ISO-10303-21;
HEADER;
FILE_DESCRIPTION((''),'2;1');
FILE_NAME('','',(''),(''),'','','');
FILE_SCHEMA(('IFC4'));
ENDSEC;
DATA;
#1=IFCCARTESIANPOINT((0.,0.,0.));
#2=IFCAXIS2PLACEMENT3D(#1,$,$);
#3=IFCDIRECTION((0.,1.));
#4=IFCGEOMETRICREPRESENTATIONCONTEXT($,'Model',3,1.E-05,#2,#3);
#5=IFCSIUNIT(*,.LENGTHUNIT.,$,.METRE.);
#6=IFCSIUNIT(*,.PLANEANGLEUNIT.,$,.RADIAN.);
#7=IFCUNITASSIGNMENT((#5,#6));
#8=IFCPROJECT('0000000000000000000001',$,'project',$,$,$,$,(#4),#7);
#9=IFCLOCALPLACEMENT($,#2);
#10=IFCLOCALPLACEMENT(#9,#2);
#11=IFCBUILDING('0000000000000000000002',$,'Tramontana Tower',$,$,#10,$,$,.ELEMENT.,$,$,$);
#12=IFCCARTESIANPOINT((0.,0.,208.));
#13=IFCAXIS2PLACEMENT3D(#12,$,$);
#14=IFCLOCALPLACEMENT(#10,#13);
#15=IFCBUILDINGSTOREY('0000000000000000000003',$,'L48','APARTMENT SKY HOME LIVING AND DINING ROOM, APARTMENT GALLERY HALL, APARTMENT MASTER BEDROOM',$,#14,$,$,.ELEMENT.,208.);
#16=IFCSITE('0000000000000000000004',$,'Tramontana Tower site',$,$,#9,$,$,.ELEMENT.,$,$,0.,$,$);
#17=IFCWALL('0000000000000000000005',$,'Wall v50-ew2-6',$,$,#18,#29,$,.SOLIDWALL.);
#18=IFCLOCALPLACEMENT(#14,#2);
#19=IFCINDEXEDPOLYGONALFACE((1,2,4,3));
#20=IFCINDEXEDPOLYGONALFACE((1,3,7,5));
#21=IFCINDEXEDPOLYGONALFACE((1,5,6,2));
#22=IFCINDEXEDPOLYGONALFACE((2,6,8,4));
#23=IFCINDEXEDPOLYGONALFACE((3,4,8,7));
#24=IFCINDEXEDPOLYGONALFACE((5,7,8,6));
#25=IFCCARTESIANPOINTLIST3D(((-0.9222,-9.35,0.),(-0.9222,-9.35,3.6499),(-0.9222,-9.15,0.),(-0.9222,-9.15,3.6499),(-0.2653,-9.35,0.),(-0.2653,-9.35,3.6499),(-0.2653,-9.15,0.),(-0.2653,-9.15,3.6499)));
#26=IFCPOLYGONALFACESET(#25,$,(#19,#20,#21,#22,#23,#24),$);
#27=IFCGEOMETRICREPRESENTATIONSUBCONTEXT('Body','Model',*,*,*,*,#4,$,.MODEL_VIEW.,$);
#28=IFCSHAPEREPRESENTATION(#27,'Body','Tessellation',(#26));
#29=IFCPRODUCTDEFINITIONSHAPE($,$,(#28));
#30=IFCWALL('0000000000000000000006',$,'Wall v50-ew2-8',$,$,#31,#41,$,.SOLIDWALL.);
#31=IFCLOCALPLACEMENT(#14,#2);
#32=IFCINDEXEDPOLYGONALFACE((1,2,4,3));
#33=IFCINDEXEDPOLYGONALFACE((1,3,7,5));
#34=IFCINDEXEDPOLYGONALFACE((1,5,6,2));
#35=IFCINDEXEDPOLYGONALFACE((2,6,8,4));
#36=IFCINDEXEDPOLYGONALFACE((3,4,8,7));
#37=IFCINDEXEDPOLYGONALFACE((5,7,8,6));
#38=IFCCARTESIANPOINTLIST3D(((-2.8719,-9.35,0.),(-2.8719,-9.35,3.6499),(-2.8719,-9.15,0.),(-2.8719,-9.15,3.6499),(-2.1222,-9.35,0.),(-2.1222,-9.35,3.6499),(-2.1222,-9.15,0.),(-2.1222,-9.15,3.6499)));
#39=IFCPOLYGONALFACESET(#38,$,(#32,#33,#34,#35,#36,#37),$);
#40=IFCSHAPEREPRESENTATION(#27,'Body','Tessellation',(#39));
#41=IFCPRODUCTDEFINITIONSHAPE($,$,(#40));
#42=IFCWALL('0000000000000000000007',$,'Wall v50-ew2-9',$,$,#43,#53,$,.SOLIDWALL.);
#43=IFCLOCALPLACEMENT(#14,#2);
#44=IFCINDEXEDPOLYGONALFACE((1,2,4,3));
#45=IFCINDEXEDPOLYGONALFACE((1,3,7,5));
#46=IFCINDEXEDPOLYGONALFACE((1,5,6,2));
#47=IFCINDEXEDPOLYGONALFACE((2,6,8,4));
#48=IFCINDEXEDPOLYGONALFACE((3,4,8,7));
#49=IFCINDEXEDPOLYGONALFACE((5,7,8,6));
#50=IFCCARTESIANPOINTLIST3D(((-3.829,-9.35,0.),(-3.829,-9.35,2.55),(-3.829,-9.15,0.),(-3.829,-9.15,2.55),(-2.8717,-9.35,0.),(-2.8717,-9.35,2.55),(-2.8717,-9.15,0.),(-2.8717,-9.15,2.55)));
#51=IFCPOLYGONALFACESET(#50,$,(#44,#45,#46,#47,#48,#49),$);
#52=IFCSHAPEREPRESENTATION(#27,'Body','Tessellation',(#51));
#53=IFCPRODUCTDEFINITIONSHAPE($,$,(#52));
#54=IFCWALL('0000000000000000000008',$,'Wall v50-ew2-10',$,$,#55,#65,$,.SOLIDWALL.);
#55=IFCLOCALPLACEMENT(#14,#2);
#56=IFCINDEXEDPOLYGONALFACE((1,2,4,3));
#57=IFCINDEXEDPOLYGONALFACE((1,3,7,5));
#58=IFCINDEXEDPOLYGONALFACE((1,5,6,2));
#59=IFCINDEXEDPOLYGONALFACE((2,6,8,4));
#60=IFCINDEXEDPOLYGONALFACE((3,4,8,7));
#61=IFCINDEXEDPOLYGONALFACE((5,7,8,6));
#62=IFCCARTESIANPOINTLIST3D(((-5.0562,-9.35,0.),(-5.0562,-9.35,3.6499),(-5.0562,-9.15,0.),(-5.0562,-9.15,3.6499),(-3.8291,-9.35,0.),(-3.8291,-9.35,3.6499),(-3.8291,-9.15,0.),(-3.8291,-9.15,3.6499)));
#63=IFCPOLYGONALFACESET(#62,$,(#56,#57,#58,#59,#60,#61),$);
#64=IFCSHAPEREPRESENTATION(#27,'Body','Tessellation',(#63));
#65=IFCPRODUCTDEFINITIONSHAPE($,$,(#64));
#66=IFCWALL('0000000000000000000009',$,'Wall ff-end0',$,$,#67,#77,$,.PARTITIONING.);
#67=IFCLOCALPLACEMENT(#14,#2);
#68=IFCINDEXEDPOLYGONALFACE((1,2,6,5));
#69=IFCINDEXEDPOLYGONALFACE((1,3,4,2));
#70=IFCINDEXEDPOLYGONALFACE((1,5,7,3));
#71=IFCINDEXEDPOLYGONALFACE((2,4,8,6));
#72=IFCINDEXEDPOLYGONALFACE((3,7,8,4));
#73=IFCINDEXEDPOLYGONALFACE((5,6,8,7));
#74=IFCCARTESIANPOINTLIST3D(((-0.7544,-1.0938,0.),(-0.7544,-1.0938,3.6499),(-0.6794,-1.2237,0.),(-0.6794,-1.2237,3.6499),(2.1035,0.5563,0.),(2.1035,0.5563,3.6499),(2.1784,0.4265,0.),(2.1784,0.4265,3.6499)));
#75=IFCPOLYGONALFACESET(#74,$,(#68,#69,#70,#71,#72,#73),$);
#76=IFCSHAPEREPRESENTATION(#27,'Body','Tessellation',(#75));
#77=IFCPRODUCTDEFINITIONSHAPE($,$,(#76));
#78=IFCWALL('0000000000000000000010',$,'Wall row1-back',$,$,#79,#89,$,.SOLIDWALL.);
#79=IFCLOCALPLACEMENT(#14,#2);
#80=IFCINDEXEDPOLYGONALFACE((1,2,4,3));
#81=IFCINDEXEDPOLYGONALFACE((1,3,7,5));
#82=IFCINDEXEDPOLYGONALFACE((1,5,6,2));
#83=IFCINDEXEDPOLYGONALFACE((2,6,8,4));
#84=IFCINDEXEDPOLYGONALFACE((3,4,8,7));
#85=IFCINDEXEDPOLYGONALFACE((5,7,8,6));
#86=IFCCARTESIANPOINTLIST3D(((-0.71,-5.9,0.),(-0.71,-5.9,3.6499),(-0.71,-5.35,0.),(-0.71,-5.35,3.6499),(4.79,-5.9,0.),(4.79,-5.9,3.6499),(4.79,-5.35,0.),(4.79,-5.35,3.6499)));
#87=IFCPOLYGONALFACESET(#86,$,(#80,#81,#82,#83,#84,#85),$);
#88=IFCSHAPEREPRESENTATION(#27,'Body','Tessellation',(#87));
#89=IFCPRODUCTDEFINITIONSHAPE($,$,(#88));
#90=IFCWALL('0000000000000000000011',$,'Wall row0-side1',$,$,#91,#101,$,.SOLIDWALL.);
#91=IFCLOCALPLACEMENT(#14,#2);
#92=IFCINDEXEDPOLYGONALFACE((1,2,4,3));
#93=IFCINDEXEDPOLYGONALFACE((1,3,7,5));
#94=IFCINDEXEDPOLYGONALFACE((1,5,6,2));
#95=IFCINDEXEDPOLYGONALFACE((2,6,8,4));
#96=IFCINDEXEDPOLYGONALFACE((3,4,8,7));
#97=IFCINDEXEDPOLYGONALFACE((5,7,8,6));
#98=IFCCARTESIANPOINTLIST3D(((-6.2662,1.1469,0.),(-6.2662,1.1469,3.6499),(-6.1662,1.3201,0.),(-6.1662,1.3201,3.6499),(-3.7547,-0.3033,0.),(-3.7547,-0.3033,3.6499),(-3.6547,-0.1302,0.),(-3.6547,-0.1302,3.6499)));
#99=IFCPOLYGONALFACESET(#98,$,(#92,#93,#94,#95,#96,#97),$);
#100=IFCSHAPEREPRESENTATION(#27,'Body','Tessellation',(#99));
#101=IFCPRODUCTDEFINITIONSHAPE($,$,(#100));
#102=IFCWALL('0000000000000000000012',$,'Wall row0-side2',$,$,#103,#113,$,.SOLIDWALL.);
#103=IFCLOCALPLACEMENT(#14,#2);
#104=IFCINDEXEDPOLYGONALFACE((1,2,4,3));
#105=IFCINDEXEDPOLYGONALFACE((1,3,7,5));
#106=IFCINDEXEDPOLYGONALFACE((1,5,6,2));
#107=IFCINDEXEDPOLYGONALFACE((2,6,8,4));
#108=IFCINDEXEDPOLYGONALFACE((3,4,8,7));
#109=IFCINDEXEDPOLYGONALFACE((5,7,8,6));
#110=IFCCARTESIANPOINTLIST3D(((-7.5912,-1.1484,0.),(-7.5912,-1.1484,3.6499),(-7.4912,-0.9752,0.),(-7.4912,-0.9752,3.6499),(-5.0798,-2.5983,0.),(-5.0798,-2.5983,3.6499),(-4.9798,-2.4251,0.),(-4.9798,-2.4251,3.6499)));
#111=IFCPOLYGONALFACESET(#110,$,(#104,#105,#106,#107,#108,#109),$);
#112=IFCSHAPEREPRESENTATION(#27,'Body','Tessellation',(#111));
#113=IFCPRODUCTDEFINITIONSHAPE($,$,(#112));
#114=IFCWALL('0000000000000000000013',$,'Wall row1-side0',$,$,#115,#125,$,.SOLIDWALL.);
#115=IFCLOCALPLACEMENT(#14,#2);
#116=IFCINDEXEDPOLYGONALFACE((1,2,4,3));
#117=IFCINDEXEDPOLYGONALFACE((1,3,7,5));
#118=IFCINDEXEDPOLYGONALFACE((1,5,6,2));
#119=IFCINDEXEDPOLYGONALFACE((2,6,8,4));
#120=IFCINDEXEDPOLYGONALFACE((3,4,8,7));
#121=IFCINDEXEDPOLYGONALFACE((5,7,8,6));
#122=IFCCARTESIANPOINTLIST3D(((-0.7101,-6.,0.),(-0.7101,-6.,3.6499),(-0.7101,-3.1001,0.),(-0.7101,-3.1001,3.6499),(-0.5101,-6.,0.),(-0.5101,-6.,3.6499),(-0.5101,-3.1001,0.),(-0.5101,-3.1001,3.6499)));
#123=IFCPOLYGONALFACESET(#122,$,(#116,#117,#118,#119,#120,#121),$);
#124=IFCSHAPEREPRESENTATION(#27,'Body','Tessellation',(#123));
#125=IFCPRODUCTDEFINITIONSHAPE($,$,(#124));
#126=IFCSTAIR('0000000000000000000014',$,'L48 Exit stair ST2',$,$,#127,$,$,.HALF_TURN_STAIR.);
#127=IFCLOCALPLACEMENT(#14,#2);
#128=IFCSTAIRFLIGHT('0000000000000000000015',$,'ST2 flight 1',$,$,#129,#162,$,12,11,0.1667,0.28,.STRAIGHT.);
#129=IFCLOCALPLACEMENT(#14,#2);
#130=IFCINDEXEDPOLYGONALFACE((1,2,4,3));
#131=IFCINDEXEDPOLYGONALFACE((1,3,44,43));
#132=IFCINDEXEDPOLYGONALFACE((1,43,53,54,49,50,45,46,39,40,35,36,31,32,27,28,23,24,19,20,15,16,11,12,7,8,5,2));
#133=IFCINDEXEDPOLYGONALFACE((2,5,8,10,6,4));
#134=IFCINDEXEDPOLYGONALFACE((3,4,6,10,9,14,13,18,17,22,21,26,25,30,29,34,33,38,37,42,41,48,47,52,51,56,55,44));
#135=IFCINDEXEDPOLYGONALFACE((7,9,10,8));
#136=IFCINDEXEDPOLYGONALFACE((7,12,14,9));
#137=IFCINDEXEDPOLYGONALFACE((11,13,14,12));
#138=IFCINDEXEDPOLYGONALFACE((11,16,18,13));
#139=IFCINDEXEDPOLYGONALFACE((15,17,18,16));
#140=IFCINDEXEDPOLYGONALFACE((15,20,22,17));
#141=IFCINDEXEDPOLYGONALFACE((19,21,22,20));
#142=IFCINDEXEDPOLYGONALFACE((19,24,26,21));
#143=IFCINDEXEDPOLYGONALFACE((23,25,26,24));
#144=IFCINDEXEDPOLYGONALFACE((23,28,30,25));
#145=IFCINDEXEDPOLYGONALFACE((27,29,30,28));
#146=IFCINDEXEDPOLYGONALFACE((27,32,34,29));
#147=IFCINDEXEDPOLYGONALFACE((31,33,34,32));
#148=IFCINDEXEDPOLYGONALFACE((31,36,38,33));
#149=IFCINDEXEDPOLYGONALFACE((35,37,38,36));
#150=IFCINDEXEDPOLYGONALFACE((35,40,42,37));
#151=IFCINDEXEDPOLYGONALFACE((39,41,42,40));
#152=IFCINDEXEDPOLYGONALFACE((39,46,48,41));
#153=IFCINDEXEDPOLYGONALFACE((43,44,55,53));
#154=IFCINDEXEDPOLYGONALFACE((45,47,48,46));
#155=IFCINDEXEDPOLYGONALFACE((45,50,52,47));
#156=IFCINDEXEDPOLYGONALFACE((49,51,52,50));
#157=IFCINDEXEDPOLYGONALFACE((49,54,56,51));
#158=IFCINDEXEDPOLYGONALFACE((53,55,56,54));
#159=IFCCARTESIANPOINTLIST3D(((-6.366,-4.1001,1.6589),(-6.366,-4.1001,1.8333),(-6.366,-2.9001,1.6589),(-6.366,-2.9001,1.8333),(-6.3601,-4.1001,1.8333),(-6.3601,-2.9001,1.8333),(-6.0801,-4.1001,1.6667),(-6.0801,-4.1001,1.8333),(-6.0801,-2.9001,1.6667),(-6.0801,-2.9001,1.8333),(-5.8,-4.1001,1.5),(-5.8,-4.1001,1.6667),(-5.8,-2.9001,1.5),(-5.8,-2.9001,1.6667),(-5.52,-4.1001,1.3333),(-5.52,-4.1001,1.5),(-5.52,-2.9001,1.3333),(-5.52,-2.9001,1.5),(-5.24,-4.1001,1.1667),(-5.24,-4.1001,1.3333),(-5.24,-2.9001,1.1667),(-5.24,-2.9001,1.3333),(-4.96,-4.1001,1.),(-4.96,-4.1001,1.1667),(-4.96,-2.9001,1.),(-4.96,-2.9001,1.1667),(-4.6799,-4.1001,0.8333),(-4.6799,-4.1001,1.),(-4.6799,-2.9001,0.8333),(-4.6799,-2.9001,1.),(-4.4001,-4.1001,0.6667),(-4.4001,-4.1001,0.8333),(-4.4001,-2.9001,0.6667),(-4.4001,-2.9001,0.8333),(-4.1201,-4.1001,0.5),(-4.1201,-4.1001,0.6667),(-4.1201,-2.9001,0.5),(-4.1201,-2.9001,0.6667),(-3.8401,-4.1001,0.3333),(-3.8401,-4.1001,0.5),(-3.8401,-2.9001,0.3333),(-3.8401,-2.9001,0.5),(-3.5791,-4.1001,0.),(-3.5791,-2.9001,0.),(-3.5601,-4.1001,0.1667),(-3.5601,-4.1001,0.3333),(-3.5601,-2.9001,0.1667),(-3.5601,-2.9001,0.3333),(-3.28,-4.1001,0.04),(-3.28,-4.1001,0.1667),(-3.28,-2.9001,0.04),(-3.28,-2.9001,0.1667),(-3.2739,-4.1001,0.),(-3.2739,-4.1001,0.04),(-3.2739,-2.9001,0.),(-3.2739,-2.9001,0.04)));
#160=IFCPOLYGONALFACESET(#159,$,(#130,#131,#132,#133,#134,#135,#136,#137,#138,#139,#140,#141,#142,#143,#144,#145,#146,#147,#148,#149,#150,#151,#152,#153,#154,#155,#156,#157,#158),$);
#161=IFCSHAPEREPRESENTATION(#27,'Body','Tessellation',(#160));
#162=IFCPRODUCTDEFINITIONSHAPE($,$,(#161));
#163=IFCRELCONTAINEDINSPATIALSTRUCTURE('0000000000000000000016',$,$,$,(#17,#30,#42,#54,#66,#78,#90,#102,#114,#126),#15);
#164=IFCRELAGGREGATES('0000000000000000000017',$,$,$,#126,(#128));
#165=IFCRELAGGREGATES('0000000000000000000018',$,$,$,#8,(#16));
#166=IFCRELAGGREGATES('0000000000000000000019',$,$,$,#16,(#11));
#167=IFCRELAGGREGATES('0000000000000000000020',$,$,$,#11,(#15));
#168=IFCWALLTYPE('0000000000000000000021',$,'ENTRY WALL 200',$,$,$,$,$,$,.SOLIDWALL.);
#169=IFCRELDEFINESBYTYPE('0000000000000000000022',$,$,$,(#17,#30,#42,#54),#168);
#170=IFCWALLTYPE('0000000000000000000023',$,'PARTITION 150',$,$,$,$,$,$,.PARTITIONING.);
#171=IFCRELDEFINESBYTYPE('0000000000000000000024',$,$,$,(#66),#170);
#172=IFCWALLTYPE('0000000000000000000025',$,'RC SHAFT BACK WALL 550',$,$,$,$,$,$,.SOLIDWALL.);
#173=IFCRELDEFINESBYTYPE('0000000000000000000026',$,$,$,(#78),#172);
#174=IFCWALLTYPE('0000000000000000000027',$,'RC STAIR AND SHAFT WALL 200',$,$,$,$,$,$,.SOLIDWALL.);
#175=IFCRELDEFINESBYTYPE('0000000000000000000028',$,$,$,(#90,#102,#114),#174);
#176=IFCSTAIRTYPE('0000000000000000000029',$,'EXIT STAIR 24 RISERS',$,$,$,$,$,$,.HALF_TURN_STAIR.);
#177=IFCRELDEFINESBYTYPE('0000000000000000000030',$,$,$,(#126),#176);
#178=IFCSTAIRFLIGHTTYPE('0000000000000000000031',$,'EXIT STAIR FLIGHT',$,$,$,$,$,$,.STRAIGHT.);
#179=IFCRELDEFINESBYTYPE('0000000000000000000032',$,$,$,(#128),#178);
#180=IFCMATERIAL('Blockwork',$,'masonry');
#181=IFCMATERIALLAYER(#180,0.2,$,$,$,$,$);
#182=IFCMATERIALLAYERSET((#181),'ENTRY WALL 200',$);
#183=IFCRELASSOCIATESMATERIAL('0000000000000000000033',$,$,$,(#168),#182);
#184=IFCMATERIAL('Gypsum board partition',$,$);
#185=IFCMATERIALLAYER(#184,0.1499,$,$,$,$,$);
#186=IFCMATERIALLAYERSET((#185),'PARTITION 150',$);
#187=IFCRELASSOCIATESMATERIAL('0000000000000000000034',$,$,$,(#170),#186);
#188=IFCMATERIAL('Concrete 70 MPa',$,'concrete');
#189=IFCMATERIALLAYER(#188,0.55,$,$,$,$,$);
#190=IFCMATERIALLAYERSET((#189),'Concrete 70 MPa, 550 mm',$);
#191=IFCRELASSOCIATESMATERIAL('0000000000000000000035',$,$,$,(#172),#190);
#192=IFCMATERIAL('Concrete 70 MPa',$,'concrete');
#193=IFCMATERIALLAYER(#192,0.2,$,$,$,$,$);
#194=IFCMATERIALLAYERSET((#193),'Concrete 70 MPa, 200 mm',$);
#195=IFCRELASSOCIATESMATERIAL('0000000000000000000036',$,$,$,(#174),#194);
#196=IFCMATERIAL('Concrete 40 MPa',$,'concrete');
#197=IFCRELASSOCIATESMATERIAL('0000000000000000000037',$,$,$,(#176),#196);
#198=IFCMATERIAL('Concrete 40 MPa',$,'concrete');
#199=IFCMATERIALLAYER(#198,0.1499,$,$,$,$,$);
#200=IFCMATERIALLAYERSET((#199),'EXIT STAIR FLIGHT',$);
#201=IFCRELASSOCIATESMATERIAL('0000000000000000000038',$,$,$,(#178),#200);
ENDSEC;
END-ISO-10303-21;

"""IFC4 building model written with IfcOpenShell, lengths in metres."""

from ifc_helpers import new_model, si_unit, direction, frame, frame_2d, origin, place, context, subcontext, project, spatial, polyline, rectangle, outline, extrude, material, layer, layer_set, type_object, element, aggregate, save


model = new_model("IFC4")

# Units and contexts
model_context = context("Model", 3, precision=1e-05, world=origin(), true_north=direction((0.0, 1.0)))
body_context = subcontext(model_context, "Body", "Model", "MODEL_VIEW")
ifc_project = project(units=[si_unit("LENGTHUNIT", "METRE"), si_unit("PLANEANGLEUNIT", "RADIAN")], contexts=[model_context])

# Site, building, storey
site_placement = place(None, origin())
site = spatial("IfcSite", under=ifc_project, at=site_placement, Name="Tramontana Tower site", CompositionType="ELEMENT", RefElevation=0.0)
building_placement = place(site_placement, origin())
building = spatial("IfcBuilding", under=site, at=building_placement, Name="Tramontana Tower", CompositionType="ELEMENT")
storey_placement = place(building_placement, frame((0.0, 0.0, 208.0)))
storey = spatial("IfcBuildingStorey", under=building, at=storey_placement, Name="L48", Description="APARTMENT SKY HOME LIVING AND DINING ROOM, APARTMENT GALLERY HALL, APARTMENT MASTER BEDROOM", CompositionType="ELEMENT", Elevation=208.0)

# Wall
ifc_material_1 = material(Name="Blockwork", Category="masonry")
ifc_layer_1 = layer(ifc_material_1, 0.2)
ifc_layer_set_1 = layer_set([ifc_layer_1], Name="ENTRY WALL 200")
wall_type_1 = type_object("IfcWallType", Name="ENTRY WALL 200", PredefinedType="SOLIDWALL", material=ifc_layer_set_1)
wall_1_placement = place(storey_placement, frame((-0.2651, -9.25, 0.0), z_axis=(0.0, 0.0, 1.0), x_axis=(-1.0, 0.0, 0.0)))
element("IfcWall", 1, at=wall_1_placement, inside=storey, type_object=wall_type_1, Name="Wall v50-ew2-6", PredefinedType="SOLIDWALL", context=body_context, shape_type="SweptSolid", body=[
    extrude(rectangle(XDim=0.657, YDim=0.2, at=frame_2d((0.3286, 0.0))), origin(), (0.0, 0.0, 1.0), 3.6499),
])

# Walls
wall_2_placement = place(storey_placement, frame((-2.1221, -9.25, 0.0), z_axis=(0.0, 0.0, 1.0), x_axis=(-1.0, 0.0, 0.0)))
element("IfcWall", 2, at=wall_2_placement, inside=storey, type_object=wall_type_1, Name="Wall v50-ew2-8", PredefinedType="SOLIDWALL", context=body_context, shape_type="SweptSolid", body=[
    extrude(rectangle(XDim=0.7498, YDim=0.2, at=frame_2d((0.375, 0.0))), origin(), (0.0, 0.0, 1.0), 3.6499),
])
wall_3_placement = place(storey_placement, frame((-2.8718, -9.25, 0.0), z_axis=(0.0, 0.0, 1.0), x_axis=(-1.0, 0.0, 0.0)))
element("IfcWall", 3, at=wall_3_placement, inside=storey, type_object=wall_type_1, Name="Wall v50-ew2-9", PredefinedType="SOLIDWALL", context=body_context, shape_type="SweptSolid", body=[
    extrude(rectangle(XDim=0.9573, YDim=0.2, at=frame_2d((0.4785, 0.0))), origin(), (0.0, 0.0, 1.0), 2.55),
])
wall_4_placement = place(storey_placement, frame((-3.8291, -9.25, 0.0), z_axis=(0.0, 0.0, 1.0), x_axis=(-1.0, 0.0, 0.0)))
element("IfcWall", 4, at=wall_4_placement, inside=storey, type_object=wall_type_1, Name="Wall v50-ew2-10", PredefinedType="SOLIDWALL", context=body_context, shape_type="SweptSolid", body=[
    extrude(rectangle(XDim=1.2271, YDim=0.2, at=frame_2d((0.6135, 0.0))), origin(), (0.0, 0.0, 1.0), 3.6499),
])

# Shared definitions
ifc_material_2 = material(Name="Gypsum board partition")
ifc_layer_2 = layer(ifc_material_2, 0.1499)
ifc_layer_set_2 = layer_set([ifc_layer_2], Name="PARTITION 150")
wall_type_2 = type_object("IfcWallType", Name="PARTITION 150", PredefinedType="PARTITIONING", material=ifc_layer_set_2)

# Walls
wall_5_placement = place(storey_placement, frame((-0.7168, -1.1587, 0.0), z_axis=(0.0, 0.0, 1.0), x_axis=(0.866008, 0.50003, 0.0)))
element("IfcWall", 5, at=wall_5_placement, inside=storey, type_object=wall_type_2, Name="Wall ff-end0", PredefinedType="PARTITIONING", context=body_context, shape_type="SweptSolid", body=[
    extrude(rectangle(XDim=3.3, YDim=0.1499, at=frame_2d((1.6499, 0.0))), origin(), (0.0, 0.0, 1.0), 3.6499),
])
ifc_material_3 = material(Name="Concrete 70 MPa", Category="concrete")
ifc_layer_3 = layer(ifc_material_3, 0.55)
ifc_layer_set_3 = layer_set([ifc_layer_3], Name="Concrete 70 MPa, 550 mm")
wall_type_3 = type_object("IfcWallType", Name="RC SHAFT BACK WALL 550", PredefinedType="SOLIDWALL", material=ifc_layer_set_3)
wall_6_placement = place(storey_placement, frame((-0.71, -5.625, 0.0), z_axis=(0.0, 0.0, 1.0), x_axis=(1.0, 0.0, 0.0)))
element("IfcWall", 6, at=wall_6_placement, inside=storey, type_object=wall_type_3, Name="Wall row1-back", PredefinedType="SOLIDWALL", context=body_context, shape_type="SweptSolid", body=[
    extrude(rectangle(XDim=5.5, YDim=0.55, at=frame_2d((2.75, 0.0))), origin(), (0.0, 0.0, 1.0), 3.6499),
])

# Shared definitions
ifc_material_4 = material(Name="Concrete 70 MPa", Category="concrete")
ifc_layer_4 = layer(ifc_material_4, 0.2)
ifc_layer_set_4 = layer_set([ifc_layer_4], Name="Concrete 70 MPa, 200 mm")
wall_type_4 = type_object("IfcWallType", Name="RC STAIR AND SHAFT WALL 200", PredefinedType="SOLIDWALL", material=ifc_layer_set_4)

# Walls
wall_7_placement = place(storey_placement, frame((-3.7046, -0.2168, 0.0), z_axis=(0.0, 0.0, 1.0), x_axis=(-0.865996, 0.50005, 0.0)))
element("IfcWall", 7, at=wall_7_placement, inside=storey, type_object=wall_type_4, Name="Wall row0-side1", PredefinedType="SOLIDWALL", context=body_context, shape_type="SweptSolid", body=[
    extrude(rectangle(XDim=2.9001, YDim=0.2, at=frame_2d((1.4502, 0.0))), origin(), (0.0, 0.0, 1.0), 3.6499),
])
for number, where, z_axis, x_axis, name in (
    (8, (-5.0298, -2.5117, 0.0), (0.0, 0.0, 1.0), (-0.866033, 0.499987, 0.0), "Wall row0-side2"),
    (9, (-0.6101, -3.1001, 0.0), (0.0, 0.0, 1.0), (0.0, -1.0, 0.0), "Wall row1-side0"),
):
    element("IfcWall", number, at=place(storey_placement, frame(where, z_axis=z_axis, x_axis=x_axis)), inside=storey, type_object=wall_type_4, Name=name, PredefinedType="SOLIDWALL", context=body_context, shape_type="SweptSolid", body=[
        extrude(rectangle(XDim=2.8999, YDim=0.2, at=frame_2d((1.45, 0.0))), origin(), (0.0, 0.0, 1.0), 3.6499),
    ])

# Stair, stair flight
ifc_material_5 = material(Name="Concrete 40 MPa", Category="concrete")
stair_type = type_object("IfcStairType", Name="EXIT STAIR 24 RISERS", PredefinedType="HALF_TURN_STAIR", material=ifc_material_5)
stair_placement = place(storey_placement, origin())
stair = element("IfcStair", 10, at=stair_placement, inside=storey, type_object=stair_type, Name="L48 Exit stair ST2", PredefinedType="HALF_TURN_STAIR")
ifc_material_6 = material(Name="Concrete 40 MPa", Category="concrete")
ifc_layer_5 = layer(ifc_material_6, 0.1499)
ifc_layer_set_5 = layer_set([ifc_layer_5], Name="EXIT STAIR FLIGHT")
stair_flight_type = type_object("IfcStairFlightType", Name="EXIT STAIR FLIGHT", PredefinedType="STRAIGHT", material=ifc_layer_set_5)
stair_flight_1_placement = place(storey_placement, frame((-3.28, -3.5, 0.0), z_axis=(0.0, 0.0, 1.0), x_axis=(-1.0, 0.0, 0.0)))
stair_flight_1 = element("IfcStairFlight", 11, at=stair_flight_1_placement, type_object=stair_flight_type, Name="ST2 flight 1", NumberOfRisers=12, NumberOfTreads=11, PredefinedType="STRAIGHT", RiserHeight=0.1667, TreadLength=0.28, context=body_context, shape_type="SweptSolid", body=[
    extrude(outline(polyline([(-0.0061, 0.0), (-0.0061, 0.04), (0.0, 0.04), (0.0, 0.1667), (0.28, 0.1667), (0.28, 0.3333), (0.5601, 0.3333), (0.5601, 0.5), (0.8401, 0.5), (0.8401, 0.6667), (1.1201, 0.6667), (1.1201, 0.8333), (1.3999, 0.8333), (1.3999, 1.0), (1.6799, 1.0), (1.6799, 1.1667), (1.96, 1.1667), (1.96, 1.3333), (2.24, 1.3333), (2.24, 1.5), (2.52, 1.5), (2.52, 1.6667), (2.8, 1.6667), (2.8, 1.8333), (3.0801, 1.8333), (3.0859, 1.8333), (3.0859, 1.6589), (0.2991, 0.0), (-0.0061, 0.0)])), frame((0.0, 0.6001, 0.0), z_axis=(0.0, -1.0, 0.0), x_axis=(1.0, 0.0, 0.0)), (0.0, 0.0, 1.0), 1.2),
])
aggregate(stair, [stair_flight_1])

save(model, "model.ifc")
